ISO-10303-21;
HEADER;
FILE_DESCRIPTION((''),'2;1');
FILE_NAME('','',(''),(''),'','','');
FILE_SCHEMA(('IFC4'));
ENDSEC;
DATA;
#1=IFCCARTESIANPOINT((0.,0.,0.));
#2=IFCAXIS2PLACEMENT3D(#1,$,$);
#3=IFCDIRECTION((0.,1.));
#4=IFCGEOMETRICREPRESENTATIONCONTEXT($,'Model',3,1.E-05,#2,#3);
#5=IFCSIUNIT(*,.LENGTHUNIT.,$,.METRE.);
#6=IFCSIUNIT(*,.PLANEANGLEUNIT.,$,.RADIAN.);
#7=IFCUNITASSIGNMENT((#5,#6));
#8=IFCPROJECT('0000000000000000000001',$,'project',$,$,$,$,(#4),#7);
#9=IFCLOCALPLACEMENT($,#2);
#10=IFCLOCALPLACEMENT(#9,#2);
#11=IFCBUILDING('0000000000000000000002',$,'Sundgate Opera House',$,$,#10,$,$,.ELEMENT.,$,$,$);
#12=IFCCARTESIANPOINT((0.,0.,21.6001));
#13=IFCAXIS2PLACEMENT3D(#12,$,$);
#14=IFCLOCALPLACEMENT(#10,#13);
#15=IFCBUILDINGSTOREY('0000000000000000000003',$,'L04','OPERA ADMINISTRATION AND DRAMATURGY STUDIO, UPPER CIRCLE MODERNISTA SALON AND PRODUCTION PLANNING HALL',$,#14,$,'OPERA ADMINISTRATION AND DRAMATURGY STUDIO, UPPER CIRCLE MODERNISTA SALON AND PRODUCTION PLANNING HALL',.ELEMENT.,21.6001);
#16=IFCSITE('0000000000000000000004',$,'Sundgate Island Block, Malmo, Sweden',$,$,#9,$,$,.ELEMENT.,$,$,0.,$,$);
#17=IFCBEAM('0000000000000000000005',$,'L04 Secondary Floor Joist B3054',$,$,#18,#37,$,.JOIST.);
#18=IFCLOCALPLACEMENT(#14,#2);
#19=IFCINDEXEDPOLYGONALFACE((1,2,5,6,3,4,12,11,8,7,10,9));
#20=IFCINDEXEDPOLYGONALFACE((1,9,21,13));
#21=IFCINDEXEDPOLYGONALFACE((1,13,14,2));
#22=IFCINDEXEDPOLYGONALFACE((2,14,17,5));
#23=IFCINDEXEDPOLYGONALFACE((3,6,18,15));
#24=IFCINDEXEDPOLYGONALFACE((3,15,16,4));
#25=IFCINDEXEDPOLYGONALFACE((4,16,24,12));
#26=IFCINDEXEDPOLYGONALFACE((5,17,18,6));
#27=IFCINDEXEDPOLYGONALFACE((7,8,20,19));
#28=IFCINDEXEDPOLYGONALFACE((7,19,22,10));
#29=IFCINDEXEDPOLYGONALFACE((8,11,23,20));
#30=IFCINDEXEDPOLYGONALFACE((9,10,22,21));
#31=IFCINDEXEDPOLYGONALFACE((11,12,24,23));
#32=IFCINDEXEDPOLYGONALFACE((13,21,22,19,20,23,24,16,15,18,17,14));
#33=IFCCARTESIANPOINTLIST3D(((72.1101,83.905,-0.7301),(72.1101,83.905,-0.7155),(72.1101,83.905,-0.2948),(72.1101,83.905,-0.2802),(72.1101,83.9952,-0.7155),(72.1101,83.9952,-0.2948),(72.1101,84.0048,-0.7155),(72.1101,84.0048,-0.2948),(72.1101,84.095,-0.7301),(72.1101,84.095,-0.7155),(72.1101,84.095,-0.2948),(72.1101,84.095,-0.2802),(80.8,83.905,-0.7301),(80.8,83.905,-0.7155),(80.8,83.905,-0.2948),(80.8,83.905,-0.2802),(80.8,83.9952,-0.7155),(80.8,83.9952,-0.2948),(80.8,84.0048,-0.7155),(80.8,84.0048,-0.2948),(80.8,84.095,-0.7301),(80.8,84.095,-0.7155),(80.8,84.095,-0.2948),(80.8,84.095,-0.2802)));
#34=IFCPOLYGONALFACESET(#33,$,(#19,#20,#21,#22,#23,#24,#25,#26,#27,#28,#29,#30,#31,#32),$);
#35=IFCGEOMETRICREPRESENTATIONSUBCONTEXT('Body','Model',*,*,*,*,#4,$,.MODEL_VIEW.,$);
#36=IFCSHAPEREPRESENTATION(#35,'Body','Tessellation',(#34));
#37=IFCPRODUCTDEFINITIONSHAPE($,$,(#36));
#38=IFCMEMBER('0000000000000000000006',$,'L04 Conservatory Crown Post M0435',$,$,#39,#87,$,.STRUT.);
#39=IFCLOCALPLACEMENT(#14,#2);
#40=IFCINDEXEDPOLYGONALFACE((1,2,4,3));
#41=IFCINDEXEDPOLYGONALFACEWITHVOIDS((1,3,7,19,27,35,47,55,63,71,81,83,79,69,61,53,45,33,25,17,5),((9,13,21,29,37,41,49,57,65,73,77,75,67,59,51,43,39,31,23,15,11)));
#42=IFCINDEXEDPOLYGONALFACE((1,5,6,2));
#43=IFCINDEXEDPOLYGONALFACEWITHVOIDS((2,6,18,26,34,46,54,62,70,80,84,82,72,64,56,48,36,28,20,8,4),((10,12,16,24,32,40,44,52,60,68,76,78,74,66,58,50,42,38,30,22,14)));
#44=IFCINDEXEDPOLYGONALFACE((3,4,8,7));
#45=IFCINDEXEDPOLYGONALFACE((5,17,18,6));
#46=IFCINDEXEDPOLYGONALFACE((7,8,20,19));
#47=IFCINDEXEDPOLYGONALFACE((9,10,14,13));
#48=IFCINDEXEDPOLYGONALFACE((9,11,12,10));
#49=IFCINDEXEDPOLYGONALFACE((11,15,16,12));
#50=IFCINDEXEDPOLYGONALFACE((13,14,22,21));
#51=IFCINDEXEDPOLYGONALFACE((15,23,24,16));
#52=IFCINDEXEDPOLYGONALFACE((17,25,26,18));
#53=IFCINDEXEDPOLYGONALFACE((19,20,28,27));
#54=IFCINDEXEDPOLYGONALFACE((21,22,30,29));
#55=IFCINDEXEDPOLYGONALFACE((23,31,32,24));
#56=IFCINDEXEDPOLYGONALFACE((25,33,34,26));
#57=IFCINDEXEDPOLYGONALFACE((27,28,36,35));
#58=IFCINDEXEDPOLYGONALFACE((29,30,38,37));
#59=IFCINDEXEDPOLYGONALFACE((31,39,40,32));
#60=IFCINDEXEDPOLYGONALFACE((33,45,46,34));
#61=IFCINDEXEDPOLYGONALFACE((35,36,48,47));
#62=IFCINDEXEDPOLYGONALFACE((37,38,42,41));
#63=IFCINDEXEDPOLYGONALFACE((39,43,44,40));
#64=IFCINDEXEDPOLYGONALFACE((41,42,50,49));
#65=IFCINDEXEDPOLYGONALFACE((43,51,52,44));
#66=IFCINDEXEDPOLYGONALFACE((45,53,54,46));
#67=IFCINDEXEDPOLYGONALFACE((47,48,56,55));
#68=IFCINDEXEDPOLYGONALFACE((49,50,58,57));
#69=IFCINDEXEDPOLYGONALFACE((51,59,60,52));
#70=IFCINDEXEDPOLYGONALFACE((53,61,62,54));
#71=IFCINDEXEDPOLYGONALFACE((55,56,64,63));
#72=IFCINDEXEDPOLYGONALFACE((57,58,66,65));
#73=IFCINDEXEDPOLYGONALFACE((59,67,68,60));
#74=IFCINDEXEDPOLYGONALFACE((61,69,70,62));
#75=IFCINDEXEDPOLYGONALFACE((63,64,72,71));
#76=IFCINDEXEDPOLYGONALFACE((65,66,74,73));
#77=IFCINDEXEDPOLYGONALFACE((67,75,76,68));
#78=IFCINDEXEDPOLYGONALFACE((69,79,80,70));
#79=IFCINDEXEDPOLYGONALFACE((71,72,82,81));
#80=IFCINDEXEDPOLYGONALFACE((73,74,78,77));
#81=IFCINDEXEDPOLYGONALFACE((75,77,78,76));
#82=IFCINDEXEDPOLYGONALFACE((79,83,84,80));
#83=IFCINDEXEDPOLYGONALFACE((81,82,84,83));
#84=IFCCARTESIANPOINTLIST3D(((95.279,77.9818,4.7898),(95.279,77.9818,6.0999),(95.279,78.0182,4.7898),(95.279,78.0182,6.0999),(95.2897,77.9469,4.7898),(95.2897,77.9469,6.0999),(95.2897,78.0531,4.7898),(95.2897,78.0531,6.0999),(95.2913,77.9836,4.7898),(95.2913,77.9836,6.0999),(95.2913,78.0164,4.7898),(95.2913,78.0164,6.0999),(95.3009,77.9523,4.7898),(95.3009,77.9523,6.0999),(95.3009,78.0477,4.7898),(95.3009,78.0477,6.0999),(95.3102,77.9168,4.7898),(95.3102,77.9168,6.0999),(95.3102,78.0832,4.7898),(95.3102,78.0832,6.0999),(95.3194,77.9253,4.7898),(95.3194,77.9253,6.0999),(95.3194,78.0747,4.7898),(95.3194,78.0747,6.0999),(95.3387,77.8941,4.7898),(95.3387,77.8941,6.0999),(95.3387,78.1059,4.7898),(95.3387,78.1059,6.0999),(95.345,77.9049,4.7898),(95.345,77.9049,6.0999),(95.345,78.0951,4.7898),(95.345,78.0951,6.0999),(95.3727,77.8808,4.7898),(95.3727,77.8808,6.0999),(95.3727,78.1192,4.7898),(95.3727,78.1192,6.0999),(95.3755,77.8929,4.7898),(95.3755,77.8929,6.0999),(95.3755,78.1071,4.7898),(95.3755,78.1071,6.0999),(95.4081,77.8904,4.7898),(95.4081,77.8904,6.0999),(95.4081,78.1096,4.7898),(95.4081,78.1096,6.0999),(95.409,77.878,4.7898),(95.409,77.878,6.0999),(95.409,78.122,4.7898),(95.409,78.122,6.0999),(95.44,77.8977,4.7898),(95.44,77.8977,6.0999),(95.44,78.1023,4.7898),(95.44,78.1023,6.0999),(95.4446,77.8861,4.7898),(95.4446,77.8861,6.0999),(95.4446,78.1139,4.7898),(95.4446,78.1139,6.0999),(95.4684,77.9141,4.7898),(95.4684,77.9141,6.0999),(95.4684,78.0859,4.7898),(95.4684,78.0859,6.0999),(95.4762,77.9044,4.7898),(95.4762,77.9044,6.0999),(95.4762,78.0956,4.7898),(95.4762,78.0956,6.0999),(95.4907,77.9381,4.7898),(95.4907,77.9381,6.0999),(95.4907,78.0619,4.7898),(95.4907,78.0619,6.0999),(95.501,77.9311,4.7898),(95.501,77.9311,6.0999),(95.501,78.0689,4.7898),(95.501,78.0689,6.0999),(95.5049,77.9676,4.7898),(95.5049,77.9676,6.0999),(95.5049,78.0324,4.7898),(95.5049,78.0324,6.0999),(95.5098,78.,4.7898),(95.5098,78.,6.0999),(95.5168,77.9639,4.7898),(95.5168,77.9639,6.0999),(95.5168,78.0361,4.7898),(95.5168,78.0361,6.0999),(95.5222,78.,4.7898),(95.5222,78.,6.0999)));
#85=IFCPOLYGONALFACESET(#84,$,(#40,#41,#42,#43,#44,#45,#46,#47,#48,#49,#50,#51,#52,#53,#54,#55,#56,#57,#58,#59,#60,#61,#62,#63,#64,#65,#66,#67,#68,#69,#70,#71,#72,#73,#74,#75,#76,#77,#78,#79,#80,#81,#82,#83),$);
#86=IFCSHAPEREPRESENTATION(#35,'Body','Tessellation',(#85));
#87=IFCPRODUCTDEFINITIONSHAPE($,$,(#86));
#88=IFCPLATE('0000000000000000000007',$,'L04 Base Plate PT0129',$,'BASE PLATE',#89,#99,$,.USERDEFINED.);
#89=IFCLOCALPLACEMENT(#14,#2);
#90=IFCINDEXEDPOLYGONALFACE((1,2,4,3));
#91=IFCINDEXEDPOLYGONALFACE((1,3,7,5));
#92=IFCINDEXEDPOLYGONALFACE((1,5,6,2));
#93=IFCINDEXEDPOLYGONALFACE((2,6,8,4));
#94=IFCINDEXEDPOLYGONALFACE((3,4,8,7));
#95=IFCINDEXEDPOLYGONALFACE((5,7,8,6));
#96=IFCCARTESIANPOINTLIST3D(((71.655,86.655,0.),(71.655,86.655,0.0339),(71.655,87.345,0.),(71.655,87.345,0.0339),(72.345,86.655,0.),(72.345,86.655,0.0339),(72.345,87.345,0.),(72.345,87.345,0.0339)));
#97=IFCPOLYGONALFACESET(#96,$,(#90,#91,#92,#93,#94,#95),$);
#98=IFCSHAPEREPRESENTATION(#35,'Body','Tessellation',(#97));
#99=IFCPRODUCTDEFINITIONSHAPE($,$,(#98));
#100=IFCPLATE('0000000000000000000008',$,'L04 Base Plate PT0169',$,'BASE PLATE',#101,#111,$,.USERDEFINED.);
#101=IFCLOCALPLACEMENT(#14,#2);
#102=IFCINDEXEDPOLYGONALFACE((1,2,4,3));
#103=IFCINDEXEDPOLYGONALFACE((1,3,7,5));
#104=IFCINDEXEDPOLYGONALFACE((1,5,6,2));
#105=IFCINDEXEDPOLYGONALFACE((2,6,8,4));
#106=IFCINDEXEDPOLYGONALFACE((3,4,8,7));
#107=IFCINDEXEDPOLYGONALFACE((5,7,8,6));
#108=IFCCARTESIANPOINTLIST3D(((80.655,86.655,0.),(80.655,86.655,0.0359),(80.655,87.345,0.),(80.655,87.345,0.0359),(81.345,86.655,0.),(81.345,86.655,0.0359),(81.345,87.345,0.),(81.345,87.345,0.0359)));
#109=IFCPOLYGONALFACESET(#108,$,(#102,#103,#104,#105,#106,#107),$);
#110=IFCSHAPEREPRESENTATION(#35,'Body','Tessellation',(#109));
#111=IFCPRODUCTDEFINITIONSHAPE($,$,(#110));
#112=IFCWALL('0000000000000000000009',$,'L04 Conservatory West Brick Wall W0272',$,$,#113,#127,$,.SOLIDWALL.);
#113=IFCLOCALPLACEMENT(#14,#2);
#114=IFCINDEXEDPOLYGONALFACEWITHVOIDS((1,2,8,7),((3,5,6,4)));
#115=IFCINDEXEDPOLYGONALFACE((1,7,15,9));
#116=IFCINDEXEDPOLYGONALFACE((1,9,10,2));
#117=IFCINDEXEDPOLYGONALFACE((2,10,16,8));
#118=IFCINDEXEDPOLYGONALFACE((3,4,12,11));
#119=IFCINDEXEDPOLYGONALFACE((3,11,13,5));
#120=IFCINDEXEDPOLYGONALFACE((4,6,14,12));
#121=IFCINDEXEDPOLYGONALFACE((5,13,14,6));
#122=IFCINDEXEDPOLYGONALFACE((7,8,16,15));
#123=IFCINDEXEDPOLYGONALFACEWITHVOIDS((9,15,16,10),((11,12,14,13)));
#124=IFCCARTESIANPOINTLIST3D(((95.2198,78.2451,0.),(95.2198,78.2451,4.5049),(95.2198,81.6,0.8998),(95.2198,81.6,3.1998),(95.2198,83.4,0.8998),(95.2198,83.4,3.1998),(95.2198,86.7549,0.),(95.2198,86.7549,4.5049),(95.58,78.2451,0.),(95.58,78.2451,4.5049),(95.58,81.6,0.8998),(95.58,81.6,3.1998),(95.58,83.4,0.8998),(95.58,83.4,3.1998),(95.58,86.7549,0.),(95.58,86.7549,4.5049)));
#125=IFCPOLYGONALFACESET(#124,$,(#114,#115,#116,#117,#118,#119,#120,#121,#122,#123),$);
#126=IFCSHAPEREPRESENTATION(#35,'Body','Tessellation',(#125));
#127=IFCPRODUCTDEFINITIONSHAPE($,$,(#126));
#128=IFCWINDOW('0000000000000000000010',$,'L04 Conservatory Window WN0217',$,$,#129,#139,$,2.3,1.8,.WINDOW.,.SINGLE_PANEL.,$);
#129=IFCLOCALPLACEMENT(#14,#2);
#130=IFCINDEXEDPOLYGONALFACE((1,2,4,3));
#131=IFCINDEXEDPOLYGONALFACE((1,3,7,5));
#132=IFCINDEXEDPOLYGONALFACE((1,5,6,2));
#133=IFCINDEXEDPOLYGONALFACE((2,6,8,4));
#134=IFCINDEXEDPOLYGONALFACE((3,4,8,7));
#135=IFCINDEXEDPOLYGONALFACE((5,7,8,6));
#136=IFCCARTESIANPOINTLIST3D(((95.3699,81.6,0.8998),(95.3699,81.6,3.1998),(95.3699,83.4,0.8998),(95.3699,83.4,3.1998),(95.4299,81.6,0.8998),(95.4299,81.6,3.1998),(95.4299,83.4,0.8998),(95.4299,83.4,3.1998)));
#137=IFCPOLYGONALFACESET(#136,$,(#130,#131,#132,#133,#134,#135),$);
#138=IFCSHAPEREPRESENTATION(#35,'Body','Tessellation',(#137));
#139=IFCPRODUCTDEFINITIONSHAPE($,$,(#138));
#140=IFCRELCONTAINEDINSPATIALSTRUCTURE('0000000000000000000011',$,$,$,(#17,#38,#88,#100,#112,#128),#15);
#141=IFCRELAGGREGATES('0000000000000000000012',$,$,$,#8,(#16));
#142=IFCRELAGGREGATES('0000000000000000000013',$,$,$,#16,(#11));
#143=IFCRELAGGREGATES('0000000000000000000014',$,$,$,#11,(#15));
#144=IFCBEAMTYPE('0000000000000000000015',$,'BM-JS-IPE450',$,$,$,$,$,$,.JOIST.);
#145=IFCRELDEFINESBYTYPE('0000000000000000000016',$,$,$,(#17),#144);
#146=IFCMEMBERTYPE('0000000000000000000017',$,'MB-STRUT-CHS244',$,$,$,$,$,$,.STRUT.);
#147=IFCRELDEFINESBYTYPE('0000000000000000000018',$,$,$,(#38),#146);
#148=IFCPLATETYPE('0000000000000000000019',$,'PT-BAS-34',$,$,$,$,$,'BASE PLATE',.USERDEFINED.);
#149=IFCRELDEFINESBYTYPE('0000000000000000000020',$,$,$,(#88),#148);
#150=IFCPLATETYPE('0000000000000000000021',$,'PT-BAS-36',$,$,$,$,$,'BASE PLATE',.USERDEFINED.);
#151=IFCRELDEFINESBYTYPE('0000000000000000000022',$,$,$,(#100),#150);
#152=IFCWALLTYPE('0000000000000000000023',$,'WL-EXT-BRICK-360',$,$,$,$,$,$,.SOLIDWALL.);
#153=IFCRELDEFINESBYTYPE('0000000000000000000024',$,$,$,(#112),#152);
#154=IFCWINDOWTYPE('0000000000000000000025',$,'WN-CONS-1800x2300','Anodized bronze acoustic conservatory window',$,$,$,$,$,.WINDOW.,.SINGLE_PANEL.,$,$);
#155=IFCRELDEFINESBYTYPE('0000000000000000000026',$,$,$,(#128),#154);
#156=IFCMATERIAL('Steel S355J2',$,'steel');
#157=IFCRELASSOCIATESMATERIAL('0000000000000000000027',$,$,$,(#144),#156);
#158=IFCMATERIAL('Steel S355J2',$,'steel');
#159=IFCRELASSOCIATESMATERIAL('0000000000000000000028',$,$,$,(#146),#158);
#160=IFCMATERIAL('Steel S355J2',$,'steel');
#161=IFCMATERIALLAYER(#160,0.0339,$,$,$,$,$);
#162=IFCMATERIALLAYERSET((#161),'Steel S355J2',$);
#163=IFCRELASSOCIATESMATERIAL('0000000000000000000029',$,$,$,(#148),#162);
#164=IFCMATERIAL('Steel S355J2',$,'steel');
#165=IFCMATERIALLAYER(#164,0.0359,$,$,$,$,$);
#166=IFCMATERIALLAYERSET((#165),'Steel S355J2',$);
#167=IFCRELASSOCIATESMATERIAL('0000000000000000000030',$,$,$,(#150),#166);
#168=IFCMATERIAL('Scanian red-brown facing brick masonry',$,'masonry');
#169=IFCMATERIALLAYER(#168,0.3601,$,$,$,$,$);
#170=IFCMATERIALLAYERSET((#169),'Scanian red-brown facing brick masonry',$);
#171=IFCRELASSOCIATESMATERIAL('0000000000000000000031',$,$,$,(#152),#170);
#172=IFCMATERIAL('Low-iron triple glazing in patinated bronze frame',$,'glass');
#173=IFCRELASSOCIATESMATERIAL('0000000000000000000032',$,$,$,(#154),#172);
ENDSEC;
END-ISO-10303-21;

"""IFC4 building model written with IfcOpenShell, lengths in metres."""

from ifc_helpers import new_model, si_unit, direction, frame, frame_2d, origin, origin_2d, place, context, subcontext, project, spatial, rectangle, hollow_circle, i_section, extrude, material, layer, layer_set, material_profile, profile_set, type_object, element, fill, save


model = new_model("IFC4")

# Units and contexts
model_context = context("Model", 3, precision=1e-05, world=origin(), true_north=direction((0.0, 1.0)))
body_context = subcontext(model_context, "Body", "Model", "MODEL_VIEW")
ifc_project = project(units=[si_unit("LENGTHUNIT", "METRE"), si_unit("PLANEANGLEUNIT", "RADIAN")], contexts=[model_context])

# Site, building, storey
site_placement = place(None, origin())
site = spatial("IfcSite", under=ifc_project, at=site_placement, Name="Sundgate Island Block, Malmo, Sweden", CompositionType="ELEMENT", RefElevation=0.0)
building_placement = place(site_placement, origin())
building = spatial("IfcBuilding", under=site, at=building_placement, Name="Sundgate Opera House", CompositionType="ELEMENT")
storey_placement = place(building_placement, frame((0.0, 0.0, 21.6001)))
storey = spatial("IfcBuildingStorey", under=building, at=storey_placement, Name="L04", Description="OPERA ADMINISTRATION AND DRAMATURGY STUDIO, UPPER CIRCLE MODERNISTA SALON AND PRODUCTION PLANNING HALL", LongName="OPERA ADMINISTRATION AND DRAMATURGY STUDIO, UPPER CIRCLE MODERNISTA SALON AND PRODUCTION PLANNING HALL", CompositionType="ELEMENT", Elevation=21.6001)

# Beam
ifc_material_1 = material(Name="Steel S355J2", Category="steel")
ifc_material_profile_1 = material_profile(ifc_material_1, i_section(OverallWidth=0.1899, OverallDepth=0.45, WebThickness=0.0095, FlangeThickness=0.0146, at=origin_2d()), Name="IPE 450")
ifc_profile_set_1 = profile_set([ifc_material_profile_1], Name="Steel S355J2")
beam_type_1 = type_object("IfcBeamType", Name="BM-JS-IPE450", PredefinedType="JOIST", material=ifc_profile_set_1)
beam_1_placement = place(storey_placement, frame((72.1101, 84.0, -0.5051), z_axis=(1.0, 0.0, 0.0), x_axis=(0.0, 1.0, 0.0)))
element("IfcBeam", 1, at=beam_1_placement, inside=storey, type_object=beam_type_1, Name="L04 Secondary Floor Joist B3054", PredefinedType="JOIST", context=body_context, shape_type="SweptSolid", body=[
    extrude(i_section(OverallWidth=0.1899, OverallDepth=0.45, WebThickness=0.0095, FlangeThickness=0.0146, at=origin_2d()), origin(), (0.0, 0.0, 1.0), 8.6899),
])

# Member
ifc_material_2 = material(Name="Steel S355J2", Category="steel")
ifc_material_profile_2 = material_profile(ifc_material_2, hollow_circle(Radius=0.1223, WallThickness=0.0125, at=origin_2d()), Name="CHS 244.5x12.5")
ifc_profile_set_2 = profile_set([ifc_material_profile_2], Name="Steel S355J2")
member_type = type_object("IfcMemberType", Name="MB-STRUT-CHS244", PredefinedType="STRUT", material=ifc_profile_set_2)
member_placement = place(storey_placement, frame((95.3999, 78.0, 4.7898), z_axis=(0.0, 0.0, 1.0), x_axis=(1.0, 0.0, 0.0)))
element("IfcMember", 2, at=member_placement, inside=storey, type_object=member_type, Name="L04 Conservatory Crown Post M0435", PredefinedType="STRUT", context=body_context, shape_type="SweptSolid", body=[
    extrude(hollow_circle(Radius=0.1223, WallThickness=0.0125, at=origin_2d()), origin(), (0.0, 0.0, 1.0), 1.3101),
])

# Plates
ifc_material_3 = material(Name="Steel S355J2", Category="steel")
ifc_layer_1 = layer(ifc_material_3, 0.0339)
ifc_layer_set_1 = layer_set([ifc_layer_1], Name="Steel S355J2")
plate_type_1 = type_object("IfcPlateType", Name="PT-BAS-34", ElementType="BASE PLATE", PredefinedType="USERDEFINED", material=ifc_layer_set_1)
plate_1_placement = place(storey_placement, frame((72.0, 87.0, 0.0), z_axis=(0.0, 0.0, 1.0), x_axis=(1.0, 0.0, 0.0)))
element("IfcPlate", 3, at=plate_1_placement, inside=storey, type_object=plate_type_1, Name="L04 Base Plate PT0129", ObjectType="BASE PLATE", PredefinedType="USERDEFINED", context=body_context, shape_type="SweptSolid", body=[
    extrude(rectangle(XDim=0.6899, YDim=0.6899, at=origin_2d()), origin(), (0.0, 0.0, 1.0), 0.0339),
])
ifc_material_4 = material(Name="Steel S355J2", Category="steel")
ifc_layer_2 = layer(ifc_material_4, 0.0359)
ifc_layer_set_2 = layer_set([ifc_layer_2], Name="Steel S355J2")
plate_type_2 = type_object("IfcPlateType", Name="PT-BAS-36", ElementType="BASE PLATE", PredefinedType="USERDEFINED", material=ifc_layer_set_2)
plate_2_placement = place(storey_placement, frame((81.0, 87.0, 0.0), z_axis=(0.0, 0.0, 1.0), x_axis=(1.0, 0.0, 0.0)))
element("IfcPlate", 4, at=plate_2_placement, inside=storey, type_object=plate_type_2, Name="L04 Base Plate PT0169", ObjectType="BASE PLATE", PredefinedType="USERDEFINED", context=body_context, shape_type="SweptSolid", body=[
    extrude(rectangle(XDim=0.6899, YDim=0.6899, at=origin_2d()), origin(), (0.0, 0.0, 1.0), 0.0359),
])

# Wall, opening, window
ifc_material_5 = material(Name="Scanian red-brown facing brick masonry", Category="masonry")
ifc_layer_3 = layer(ifc_material_5, 0.3601)
ifc_layer_set_3 = layer_set([ifc_layer_3], Name="Scanian red-brown facing brick masonry")
wall_type_1 = type_object("IfcWallType", Name="WL-EXT-BRICK-360", PredefinedType="SOLIDWALL", material=ifc_layer_set_3)
wall_1_placement = place(storey_placement, frame((95.3999, 86.7549, 0.0), z_axis=(0.0, 0.0, 1.0), x_axis=(0.0, -1.0, 0.0)))
wall_1 = element("IfcWall", 5, at=wall_1_placement, inside=storey, type_object=wall_type_1, Name="L04 Conservatory West Brick Wall W0272", PredefinedType="SOLIDWALL", context=body_context, shape_type="SweptSolid", body=[
    extrude(rectangle(XDim=8.5098, YDim=0.3601, at=frame_2d((4.2549, 0.0))), origin(), (0.0, 0.0, 1.0), 4.5049),
])
opening_1_placement = place(wall_1_placement, frame((3.355, 0.0, 0.8999)))
opening_1 = element("IfcOpeningElement", 6, at=opening_1_placement, cuts=wall_1, PredefinedType="OPENING", context=body_context, shape_type="SweptSolid", body=[
    extrude(rectangle(XDim=1.8, YDim=2.3, at=frame_2d((0.8999, 1.1499))), frame((0.0, 0.1899, 0.0), z_axis=(0.0, -1.0, 0.0), x_axis=(1.0, 0.0, 0.0)), (0.0, 0.0, 1.0), 0.3801),
])
ifc_material_6 = material(Name="Low-iron triple glazing in patinated bronze frame", Category="glass")
window_type_1 = type_object("IfcWindowType", Name="WN-CONS-1800x2300", Description="Anodized bronze acoustic conservatory window", PartitioningType="SINGLE_PANEL", PredefinedType="WINDOW", material=ifc_material_6)
window_1_placement = place(opening_1_placement, origin())
window_1 = element("IfcWindow", 7, at=window_1_placement, inside=storey, type_object=window_type_1, Name="L04 Conservatory Window WN0217", OverallHeight=2.3, OverallWidth=1.8, PartitioningType="SINGLE_PANEL", PredefinedType="WINDOW", context=body_context, shape_type="SweptSolid", body=[
    extrude(rectangle(XDim=1.8, YDim=2.3, at=frame_2d((0.8999, 1.1499))), frame((0.0, 0.03, 0.0), z_axis=(0.0, -1.0, 0.0), x_axis=(1.0, 0.0, 0.0)), (0.0, 0.0, 1.0), 0.0601),
])
fill(opening_1, window_1)

save(model, "model.ifc")
